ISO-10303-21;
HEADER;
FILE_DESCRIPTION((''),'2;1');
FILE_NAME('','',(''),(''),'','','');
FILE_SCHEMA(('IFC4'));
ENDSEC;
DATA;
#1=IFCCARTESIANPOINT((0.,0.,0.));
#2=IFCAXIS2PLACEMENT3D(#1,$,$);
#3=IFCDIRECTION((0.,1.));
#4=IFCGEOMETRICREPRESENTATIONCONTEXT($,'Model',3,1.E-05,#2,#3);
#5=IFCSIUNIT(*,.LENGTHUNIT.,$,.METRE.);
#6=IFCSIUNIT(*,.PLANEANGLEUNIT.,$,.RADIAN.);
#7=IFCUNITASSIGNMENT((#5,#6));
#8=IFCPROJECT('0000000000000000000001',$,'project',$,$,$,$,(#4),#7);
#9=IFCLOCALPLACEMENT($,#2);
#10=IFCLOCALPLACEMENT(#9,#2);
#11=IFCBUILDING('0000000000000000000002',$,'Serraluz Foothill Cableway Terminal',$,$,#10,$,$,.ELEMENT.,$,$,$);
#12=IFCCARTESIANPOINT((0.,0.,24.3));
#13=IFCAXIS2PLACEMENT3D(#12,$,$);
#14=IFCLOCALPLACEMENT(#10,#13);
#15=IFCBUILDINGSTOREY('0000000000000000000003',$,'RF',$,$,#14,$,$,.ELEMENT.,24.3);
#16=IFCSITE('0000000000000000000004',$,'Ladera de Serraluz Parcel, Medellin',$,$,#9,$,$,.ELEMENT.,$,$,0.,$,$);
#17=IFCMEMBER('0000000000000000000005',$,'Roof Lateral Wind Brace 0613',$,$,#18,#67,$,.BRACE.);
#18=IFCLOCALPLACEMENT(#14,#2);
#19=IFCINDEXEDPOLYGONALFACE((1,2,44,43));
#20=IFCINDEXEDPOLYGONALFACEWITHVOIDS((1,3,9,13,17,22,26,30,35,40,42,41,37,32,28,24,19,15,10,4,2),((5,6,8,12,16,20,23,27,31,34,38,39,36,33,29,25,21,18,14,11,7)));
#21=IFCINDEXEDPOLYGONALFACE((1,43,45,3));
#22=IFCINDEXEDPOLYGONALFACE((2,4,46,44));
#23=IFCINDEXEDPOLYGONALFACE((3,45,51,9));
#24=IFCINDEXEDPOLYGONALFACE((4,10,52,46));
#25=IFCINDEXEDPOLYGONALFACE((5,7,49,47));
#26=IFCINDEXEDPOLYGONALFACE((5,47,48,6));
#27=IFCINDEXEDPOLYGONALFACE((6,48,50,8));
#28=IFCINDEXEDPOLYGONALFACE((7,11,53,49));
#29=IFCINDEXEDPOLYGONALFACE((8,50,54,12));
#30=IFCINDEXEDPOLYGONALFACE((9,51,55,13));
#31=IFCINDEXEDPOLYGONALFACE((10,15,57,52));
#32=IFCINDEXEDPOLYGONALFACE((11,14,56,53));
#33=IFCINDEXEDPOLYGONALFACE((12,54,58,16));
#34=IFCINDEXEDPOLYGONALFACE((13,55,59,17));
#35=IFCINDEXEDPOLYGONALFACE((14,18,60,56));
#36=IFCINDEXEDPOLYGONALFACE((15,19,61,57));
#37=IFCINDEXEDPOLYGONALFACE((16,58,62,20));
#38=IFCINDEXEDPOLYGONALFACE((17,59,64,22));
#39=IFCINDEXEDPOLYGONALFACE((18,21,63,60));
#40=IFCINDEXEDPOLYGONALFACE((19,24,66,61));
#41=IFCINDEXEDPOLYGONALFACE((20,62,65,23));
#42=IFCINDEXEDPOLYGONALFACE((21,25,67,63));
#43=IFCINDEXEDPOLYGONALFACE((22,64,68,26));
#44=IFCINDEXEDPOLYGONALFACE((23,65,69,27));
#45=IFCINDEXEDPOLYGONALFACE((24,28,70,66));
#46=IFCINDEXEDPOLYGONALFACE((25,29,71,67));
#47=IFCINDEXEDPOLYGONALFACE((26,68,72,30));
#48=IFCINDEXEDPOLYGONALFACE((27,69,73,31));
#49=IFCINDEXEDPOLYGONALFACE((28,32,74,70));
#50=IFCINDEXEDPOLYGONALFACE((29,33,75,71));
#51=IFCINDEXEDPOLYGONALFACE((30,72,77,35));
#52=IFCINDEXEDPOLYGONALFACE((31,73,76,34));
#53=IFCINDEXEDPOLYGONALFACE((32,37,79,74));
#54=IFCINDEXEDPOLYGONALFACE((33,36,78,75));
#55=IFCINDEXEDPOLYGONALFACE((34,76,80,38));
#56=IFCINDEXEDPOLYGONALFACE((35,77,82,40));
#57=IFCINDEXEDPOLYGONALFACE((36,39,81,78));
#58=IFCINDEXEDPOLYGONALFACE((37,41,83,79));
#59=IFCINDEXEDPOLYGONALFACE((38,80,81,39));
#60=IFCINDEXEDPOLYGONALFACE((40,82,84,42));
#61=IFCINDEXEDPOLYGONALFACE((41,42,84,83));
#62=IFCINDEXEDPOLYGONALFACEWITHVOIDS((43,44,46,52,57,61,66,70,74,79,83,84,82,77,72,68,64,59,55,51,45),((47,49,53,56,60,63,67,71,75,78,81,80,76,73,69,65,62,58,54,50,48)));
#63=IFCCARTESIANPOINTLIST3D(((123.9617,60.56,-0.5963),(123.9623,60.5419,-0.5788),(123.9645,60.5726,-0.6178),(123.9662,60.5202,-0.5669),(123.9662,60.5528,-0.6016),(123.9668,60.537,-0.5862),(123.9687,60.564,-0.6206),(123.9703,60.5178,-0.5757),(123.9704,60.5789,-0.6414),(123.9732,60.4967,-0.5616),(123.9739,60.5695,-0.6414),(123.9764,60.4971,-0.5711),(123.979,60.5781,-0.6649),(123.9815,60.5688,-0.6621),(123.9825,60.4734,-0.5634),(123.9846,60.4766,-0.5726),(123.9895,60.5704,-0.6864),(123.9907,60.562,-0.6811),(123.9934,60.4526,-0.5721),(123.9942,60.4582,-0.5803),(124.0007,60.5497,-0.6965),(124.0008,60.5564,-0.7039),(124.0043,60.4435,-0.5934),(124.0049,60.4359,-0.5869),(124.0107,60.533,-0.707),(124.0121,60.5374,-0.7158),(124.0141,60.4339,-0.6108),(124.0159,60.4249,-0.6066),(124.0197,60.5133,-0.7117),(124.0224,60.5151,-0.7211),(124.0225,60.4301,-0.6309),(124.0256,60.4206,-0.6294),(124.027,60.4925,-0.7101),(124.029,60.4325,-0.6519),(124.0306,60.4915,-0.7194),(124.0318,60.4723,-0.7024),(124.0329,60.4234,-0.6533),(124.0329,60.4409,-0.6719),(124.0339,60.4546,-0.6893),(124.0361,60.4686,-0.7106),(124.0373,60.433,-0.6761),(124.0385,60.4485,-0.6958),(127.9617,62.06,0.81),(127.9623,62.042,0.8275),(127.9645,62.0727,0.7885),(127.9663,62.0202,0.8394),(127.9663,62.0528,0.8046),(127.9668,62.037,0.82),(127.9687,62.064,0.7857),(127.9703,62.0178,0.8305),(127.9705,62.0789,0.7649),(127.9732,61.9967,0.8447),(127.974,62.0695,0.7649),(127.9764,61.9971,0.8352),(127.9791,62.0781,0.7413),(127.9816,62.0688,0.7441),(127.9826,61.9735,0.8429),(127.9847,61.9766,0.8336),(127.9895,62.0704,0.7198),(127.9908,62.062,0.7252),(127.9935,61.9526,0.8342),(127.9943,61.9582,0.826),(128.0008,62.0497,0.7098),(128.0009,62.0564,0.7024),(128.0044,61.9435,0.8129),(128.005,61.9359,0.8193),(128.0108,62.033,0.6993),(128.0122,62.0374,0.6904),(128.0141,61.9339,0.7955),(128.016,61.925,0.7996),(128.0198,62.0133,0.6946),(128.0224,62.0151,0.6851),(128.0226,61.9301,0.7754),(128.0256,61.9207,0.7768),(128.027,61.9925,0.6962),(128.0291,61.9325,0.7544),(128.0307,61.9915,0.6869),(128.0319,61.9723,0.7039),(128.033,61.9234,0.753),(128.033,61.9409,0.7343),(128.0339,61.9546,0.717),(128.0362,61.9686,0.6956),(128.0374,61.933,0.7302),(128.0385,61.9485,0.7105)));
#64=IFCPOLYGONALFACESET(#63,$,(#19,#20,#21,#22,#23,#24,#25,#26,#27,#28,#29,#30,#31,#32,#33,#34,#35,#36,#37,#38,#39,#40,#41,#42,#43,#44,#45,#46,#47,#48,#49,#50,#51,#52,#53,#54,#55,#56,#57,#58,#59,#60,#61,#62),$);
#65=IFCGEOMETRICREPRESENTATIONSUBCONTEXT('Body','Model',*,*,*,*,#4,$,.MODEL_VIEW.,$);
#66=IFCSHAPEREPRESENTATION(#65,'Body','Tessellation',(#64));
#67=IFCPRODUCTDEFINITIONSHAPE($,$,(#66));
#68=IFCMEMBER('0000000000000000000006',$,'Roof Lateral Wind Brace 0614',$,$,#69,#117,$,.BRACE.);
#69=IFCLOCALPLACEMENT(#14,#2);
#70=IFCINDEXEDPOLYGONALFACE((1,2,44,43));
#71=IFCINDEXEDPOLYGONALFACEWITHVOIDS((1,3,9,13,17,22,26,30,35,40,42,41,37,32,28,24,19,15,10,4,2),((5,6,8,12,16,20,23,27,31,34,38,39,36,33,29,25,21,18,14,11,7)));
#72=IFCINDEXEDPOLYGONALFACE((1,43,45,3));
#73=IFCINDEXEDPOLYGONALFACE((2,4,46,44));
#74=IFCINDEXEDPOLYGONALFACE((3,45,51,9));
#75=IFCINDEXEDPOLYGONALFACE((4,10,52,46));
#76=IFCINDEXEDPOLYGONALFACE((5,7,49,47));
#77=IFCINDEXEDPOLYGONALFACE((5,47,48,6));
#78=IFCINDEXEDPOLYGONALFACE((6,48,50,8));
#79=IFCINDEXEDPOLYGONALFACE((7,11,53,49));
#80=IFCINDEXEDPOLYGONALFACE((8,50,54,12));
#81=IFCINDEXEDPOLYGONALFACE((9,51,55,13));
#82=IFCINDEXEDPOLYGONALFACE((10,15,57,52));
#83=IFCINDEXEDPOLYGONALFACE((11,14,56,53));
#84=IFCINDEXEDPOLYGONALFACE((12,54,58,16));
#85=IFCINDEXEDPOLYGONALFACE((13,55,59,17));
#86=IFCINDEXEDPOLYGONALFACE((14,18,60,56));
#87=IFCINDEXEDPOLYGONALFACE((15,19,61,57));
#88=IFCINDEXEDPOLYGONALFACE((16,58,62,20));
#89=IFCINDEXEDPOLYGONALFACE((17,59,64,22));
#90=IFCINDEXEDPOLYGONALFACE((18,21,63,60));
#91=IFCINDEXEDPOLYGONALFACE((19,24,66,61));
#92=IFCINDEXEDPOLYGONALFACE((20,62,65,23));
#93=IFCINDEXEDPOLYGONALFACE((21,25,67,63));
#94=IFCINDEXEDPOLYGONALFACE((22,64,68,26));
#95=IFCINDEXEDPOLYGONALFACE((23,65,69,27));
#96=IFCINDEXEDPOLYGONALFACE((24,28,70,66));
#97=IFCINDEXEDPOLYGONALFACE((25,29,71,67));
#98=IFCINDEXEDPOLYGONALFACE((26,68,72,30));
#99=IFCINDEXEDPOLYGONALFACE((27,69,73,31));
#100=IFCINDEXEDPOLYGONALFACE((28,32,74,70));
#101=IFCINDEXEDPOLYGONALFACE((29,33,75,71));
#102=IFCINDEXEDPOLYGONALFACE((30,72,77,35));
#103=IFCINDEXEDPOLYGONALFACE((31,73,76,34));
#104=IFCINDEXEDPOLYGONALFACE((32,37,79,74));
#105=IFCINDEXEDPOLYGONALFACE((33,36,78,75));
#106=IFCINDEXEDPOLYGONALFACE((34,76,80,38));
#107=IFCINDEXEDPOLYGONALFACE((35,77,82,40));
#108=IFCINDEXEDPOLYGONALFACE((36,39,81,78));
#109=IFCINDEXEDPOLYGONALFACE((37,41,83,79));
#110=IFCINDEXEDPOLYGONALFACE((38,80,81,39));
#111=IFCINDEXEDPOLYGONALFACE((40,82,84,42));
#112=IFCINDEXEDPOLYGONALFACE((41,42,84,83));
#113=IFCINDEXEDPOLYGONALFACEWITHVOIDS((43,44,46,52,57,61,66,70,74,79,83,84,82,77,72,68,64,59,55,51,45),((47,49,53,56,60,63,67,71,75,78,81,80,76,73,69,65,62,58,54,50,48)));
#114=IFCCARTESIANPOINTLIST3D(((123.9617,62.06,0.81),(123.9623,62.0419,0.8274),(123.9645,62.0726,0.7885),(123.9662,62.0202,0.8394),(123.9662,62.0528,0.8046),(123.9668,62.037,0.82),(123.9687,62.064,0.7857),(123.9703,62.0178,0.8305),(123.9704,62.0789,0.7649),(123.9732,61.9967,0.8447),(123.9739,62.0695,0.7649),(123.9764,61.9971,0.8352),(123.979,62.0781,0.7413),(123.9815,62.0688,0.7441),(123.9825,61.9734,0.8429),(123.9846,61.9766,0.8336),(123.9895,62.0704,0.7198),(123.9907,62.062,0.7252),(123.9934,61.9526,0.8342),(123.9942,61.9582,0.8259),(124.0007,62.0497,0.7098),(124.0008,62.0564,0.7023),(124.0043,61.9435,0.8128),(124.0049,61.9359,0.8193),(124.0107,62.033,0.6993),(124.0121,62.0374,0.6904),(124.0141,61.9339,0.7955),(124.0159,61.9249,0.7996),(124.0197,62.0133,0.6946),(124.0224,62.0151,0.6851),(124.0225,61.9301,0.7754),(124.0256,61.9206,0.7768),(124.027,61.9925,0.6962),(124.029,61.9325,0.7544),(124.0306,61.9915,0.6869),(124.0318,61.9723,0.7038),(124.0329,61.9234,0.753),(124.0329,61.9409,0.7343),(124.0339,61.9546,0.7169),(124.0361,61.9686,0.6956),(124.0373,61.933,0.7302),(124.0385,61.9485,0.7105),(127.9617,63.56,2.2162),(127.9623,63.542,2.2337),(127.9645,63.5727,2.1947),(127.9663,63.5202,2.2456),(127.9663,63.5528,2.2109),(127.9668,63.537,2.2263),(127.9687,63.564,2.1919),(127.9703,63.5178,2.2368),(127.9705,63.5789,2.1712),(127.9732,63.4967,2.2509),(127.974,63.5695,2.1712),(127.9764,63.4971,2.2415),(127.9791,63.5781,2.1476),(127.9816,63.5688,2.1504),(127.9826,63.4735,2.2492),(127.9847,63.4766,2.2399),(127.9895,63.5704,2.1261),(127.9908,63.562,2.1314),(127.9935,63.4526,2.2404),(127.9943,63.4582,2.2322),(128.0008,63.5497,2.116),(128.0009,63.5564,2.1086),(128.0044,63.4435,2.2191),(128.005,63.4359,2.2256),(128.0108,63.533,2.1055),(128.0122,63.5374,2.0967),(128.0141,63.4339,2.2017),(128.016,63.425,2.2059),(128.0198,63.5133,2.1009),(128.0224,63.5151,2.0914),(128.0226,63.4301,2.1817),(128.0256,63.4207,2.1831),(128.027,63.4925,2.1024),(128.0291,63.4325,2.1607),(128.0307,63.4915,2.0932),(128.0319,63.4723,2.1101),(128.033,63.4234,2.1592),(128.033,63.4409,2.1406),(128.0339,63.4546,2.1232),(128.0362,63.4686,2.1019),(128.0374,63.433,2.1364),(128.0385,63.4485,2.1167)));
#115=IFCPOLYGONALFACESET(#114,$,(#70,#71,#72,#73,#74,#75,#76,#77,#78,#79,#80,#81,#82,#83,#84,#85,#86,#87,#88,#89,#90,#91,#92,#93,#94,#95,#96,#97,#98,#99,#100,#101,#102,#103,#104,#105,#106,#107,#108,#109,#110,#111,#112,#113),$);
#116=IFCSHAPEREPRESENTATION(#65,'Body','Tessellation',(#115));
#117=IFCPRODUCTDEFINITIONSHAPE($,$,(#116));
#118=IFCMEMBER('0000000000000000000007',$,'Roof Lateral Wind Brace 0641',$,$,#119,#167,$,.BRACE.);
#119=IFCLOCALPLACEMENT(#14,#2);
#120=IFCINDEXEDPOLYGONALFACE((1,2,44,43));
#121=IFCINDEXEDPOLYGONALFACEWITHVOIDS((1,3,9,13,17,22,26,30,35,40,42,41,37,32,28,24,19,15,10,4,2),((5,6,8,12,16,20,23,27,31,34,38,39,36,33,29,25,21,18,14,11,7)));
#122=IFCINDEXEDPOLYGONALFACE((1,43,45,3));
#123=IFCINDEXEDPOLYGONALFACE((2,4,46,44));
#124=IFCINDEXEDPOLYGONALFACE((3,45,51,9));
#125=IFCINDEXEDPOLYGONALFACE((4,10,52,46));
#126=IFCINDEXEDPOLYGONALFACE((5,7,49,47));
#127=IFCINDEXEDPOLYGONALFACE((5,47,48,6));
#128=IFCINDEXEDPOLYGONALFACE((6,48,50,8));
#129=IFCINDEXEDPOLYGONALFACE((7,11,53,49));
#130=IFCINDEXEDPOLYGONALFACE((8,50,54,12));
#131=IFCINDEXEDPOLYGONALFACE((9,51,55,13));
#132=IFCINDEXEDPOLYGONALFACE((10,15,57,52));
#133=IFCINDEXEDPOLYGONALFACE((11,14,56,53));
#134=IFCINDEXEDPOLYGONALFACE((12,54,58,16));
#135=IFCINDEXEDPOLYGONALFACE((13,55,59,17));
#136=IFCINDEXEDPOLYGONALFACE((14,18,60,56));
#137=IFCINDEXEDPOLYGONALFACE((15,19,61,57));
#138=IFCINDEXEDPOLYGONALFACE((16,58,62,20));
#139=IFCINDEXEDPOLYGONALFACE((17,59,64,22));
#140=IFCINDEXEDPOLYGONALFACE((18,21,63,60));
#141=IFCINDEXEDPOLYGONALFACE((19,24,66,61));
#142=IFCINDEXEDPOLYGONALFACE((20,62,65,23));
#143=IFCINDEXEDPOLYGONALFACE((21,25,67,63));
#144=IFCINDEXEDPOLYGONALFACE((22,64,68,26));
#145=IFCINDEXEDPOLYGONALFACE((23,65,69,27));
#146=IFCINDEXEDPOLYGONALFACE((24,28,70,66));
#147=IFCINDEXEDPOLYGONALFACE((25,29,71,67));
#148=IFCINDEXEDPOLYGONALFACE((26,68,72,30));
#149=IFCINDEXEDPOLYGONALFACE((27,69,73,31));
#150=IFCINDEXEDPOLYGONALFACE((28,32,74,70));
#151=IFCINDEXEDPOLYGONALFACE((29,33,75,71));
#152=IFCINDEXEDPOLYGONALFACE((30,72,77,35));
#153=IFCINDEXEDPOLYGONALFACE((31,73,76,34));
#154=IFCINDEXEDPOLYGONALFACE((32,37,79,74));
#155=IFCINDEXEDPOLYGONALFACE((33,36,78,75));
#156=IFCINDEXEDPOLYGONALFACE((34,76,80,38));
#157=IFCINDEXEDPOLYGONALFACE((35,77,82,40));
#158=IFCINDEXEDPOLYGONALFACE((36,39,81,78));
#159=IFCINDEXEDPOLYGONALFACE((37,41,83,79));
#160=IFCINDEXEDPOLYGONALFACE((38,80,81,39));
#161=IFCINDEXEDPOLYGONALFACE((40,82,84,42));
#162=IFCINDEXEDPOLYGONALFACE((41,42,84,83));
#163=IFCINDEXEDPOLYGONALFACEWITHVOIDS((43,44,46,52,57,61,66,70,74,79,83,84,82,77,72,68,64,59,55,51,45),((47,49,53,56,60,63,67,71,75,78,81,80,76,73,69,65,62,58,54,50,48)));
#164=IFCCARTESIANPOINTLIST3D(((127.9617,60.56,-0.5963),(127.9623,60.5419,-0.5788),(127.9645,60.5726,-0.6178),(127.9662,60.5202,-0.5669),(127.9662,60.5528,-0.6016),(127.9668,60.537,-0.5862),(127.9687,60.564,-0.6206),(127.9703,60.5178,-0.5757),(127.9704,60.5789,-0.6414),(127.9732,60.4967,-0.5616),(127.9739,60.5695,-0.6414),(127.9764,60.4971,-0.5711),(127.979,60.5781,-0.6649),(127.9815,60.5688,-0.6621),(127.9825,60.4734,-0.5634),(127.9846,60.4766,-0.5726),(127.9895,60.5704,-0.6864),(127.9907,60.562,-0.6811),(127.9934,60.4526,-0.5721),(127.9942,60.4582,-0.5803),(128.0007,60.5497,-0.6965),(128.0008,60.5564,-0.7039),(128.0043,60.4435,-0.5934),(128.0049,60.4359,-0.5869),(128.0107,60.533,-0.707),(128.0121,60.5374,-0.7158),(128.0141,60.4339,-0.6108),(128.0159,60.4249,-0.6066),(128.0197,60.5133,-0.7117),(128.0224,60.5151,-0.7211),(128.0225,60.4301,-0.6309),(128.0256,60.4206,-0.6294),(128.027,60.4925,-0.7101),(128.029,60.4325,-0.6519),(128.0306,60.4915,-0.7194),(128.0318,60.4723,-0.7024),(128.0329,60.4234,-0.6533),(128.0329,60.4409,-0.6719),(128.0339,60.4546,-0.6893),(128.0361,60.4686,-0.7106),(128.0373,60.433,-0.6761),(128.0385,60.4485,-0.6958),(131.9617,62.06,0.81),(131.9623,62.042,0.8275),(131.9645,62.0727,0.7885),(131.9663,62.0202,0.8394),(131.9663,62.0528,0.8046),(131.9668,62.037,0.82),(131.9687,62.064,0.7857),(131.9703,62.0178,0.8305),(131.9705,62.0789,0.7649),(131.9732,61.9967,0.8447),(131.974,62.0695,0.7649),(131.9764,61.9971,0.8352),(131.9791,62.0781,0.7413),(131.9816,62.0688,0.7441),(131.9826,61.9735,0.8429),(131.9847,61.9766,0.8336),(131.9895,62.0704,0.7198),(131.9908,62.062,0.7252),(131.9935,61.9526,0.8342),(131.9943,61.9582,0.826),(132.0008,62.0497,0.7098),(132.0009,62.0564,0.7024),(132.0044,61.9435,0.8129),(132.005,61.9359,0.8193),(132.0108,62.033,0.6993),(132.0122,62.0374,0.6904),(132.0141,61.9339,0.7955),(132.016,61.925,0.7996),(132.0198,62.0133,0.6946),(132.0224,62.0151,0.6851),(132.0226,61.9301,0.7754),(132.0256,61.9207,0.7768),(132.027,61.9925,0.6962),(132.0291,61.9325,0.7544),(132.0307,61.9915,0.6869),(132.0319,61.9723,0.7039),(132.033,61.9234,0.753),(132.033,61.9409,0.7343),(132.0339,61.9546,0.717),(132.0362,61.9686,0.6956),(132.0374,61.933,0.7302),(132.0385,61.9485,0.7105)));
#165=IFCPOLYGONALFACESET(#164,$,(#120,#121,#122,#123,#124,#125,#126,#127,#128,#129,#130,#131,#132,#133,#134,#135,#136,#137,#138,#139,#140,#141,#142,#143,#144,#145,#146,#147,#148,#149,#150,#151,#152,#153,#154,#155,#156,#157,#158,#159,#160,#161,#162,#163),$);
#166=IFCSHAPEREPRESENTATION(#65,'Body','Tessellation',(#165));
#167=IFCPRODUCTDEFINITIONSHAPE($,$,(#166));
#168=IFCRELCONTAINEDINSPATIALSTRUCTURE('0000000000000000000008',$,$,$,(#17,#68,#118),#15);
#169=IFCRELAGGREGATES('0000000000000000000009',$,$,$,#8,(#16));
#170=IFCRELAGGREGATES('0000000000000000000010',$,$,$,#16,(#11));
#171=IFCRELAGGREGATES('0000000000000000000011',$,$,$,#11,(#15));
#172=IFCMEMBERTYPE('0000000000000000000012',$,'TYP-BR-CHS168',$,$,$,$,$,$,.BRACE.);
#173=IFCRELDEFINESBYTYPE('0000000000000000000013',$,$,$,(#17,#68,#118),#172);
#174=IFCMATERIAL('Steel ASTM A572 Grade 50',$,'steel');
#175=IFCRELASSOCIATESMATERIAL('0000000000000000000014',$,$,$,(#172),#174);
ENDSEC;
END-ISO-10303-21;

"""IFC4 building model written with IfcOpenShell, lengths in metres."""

from ifc_helpers import new_model, si_unit, direction, frame, origin, origin_2d, place, context, subcontext, project, spatial, hollow_circle, extrude, material, material_profile, profile_set, type_object, element, save


model = new_model("IFC4")

# Units and contexts
model_context = context("Model", 3, precision=1e-05, world=origin(), true_north=direction((0.0, 1.0)))
body_context = subcontext(model_context, "Body", "Model", "MODEL_VIEW")
ifc_project = project(units=[si_unit("LENGTHUNIT", "METRE"), si_unit("PLANEANGLEUNIT", "RADIAN")], contexts=[model_context])

# Site, building, storey
site_placement = place(None, origin())
site = spatial("IfcSite", under=ifc_project, at=site_placement, Name="Ladera de Serraluz Parcel, Medellin", CompositionType="ELEMENT", RefElevation=0.0)
building_placement = place(site_placement, origin())
building = spatial("IfcBuilding", under=site, at=building_placement, Name="Serraluz Foothill Cableway Terminal", CompositionType="ELEMENT")
storey_placement = place(building_placement, frame((0.0, 0.0, 24.3)))
storey = spatial("IfcBuildingStorey", under=building, at=storey_placement, Name="RF", CompositionType="ELEMENT", Elevation=24.3)

# Members
ifc_material_1 = material(Name="Steel ASTM A572 Grade 50", Category="steel")
ifc_material_profile_1 = material_profile(ifc_material_1, hollow_circle(Radius=0.0842, WallThickness=0.01, at=origin_2d()), Name="CHS168X10")
ifc_profile_set_1 = profile_set([ifc_material_profile_1], Name="Steel ASTM A572 Grade 50")
member_type_1 = type_object("IfcMemberType", Name="TYP-BR-CHS168", PredefinedType="BRACE", material=ifc_profile_set_1)
for number, where, z_axis, x_axis, name in (
    (1, (124.0, 60.5, -0.6414), (0.889382, 0.333518, 0.312673), (-0.351123, 0.936329, 0.0), "Roof Lateral Wind Brace 0613"),
    (2, (124.0, 62.0, 0.7649), (0.889382, 0.333518, 0.312673), (-0.351123, 0.936329, 0.0), "Roof Lateral Wind Brace 0614"),
    (3, (128.0, 60.5, -0.6414), (0.889382, 0.333518, 0.312673), (-0.351123, 0.936329, 0.0), "Roof Lateral Wind Brace 0641"),
):
    element("IfcMember", number, at=place(storey_placement, frame(where, z_axis=z_axis, x_axis=x_axis)), inside=storey, type_object=member_type_1, Name=name, PredefinedType="BRACE", context=body_context, shape_type="SweptSolid", body=[
        extrude(hollow_circle(Radius=0.0842, WallThickness=0.01, at=origin_2d()), origin(), (0.0, 0.0, 1.0), 4.4976),
    ])

save(model, "model.ifc")
